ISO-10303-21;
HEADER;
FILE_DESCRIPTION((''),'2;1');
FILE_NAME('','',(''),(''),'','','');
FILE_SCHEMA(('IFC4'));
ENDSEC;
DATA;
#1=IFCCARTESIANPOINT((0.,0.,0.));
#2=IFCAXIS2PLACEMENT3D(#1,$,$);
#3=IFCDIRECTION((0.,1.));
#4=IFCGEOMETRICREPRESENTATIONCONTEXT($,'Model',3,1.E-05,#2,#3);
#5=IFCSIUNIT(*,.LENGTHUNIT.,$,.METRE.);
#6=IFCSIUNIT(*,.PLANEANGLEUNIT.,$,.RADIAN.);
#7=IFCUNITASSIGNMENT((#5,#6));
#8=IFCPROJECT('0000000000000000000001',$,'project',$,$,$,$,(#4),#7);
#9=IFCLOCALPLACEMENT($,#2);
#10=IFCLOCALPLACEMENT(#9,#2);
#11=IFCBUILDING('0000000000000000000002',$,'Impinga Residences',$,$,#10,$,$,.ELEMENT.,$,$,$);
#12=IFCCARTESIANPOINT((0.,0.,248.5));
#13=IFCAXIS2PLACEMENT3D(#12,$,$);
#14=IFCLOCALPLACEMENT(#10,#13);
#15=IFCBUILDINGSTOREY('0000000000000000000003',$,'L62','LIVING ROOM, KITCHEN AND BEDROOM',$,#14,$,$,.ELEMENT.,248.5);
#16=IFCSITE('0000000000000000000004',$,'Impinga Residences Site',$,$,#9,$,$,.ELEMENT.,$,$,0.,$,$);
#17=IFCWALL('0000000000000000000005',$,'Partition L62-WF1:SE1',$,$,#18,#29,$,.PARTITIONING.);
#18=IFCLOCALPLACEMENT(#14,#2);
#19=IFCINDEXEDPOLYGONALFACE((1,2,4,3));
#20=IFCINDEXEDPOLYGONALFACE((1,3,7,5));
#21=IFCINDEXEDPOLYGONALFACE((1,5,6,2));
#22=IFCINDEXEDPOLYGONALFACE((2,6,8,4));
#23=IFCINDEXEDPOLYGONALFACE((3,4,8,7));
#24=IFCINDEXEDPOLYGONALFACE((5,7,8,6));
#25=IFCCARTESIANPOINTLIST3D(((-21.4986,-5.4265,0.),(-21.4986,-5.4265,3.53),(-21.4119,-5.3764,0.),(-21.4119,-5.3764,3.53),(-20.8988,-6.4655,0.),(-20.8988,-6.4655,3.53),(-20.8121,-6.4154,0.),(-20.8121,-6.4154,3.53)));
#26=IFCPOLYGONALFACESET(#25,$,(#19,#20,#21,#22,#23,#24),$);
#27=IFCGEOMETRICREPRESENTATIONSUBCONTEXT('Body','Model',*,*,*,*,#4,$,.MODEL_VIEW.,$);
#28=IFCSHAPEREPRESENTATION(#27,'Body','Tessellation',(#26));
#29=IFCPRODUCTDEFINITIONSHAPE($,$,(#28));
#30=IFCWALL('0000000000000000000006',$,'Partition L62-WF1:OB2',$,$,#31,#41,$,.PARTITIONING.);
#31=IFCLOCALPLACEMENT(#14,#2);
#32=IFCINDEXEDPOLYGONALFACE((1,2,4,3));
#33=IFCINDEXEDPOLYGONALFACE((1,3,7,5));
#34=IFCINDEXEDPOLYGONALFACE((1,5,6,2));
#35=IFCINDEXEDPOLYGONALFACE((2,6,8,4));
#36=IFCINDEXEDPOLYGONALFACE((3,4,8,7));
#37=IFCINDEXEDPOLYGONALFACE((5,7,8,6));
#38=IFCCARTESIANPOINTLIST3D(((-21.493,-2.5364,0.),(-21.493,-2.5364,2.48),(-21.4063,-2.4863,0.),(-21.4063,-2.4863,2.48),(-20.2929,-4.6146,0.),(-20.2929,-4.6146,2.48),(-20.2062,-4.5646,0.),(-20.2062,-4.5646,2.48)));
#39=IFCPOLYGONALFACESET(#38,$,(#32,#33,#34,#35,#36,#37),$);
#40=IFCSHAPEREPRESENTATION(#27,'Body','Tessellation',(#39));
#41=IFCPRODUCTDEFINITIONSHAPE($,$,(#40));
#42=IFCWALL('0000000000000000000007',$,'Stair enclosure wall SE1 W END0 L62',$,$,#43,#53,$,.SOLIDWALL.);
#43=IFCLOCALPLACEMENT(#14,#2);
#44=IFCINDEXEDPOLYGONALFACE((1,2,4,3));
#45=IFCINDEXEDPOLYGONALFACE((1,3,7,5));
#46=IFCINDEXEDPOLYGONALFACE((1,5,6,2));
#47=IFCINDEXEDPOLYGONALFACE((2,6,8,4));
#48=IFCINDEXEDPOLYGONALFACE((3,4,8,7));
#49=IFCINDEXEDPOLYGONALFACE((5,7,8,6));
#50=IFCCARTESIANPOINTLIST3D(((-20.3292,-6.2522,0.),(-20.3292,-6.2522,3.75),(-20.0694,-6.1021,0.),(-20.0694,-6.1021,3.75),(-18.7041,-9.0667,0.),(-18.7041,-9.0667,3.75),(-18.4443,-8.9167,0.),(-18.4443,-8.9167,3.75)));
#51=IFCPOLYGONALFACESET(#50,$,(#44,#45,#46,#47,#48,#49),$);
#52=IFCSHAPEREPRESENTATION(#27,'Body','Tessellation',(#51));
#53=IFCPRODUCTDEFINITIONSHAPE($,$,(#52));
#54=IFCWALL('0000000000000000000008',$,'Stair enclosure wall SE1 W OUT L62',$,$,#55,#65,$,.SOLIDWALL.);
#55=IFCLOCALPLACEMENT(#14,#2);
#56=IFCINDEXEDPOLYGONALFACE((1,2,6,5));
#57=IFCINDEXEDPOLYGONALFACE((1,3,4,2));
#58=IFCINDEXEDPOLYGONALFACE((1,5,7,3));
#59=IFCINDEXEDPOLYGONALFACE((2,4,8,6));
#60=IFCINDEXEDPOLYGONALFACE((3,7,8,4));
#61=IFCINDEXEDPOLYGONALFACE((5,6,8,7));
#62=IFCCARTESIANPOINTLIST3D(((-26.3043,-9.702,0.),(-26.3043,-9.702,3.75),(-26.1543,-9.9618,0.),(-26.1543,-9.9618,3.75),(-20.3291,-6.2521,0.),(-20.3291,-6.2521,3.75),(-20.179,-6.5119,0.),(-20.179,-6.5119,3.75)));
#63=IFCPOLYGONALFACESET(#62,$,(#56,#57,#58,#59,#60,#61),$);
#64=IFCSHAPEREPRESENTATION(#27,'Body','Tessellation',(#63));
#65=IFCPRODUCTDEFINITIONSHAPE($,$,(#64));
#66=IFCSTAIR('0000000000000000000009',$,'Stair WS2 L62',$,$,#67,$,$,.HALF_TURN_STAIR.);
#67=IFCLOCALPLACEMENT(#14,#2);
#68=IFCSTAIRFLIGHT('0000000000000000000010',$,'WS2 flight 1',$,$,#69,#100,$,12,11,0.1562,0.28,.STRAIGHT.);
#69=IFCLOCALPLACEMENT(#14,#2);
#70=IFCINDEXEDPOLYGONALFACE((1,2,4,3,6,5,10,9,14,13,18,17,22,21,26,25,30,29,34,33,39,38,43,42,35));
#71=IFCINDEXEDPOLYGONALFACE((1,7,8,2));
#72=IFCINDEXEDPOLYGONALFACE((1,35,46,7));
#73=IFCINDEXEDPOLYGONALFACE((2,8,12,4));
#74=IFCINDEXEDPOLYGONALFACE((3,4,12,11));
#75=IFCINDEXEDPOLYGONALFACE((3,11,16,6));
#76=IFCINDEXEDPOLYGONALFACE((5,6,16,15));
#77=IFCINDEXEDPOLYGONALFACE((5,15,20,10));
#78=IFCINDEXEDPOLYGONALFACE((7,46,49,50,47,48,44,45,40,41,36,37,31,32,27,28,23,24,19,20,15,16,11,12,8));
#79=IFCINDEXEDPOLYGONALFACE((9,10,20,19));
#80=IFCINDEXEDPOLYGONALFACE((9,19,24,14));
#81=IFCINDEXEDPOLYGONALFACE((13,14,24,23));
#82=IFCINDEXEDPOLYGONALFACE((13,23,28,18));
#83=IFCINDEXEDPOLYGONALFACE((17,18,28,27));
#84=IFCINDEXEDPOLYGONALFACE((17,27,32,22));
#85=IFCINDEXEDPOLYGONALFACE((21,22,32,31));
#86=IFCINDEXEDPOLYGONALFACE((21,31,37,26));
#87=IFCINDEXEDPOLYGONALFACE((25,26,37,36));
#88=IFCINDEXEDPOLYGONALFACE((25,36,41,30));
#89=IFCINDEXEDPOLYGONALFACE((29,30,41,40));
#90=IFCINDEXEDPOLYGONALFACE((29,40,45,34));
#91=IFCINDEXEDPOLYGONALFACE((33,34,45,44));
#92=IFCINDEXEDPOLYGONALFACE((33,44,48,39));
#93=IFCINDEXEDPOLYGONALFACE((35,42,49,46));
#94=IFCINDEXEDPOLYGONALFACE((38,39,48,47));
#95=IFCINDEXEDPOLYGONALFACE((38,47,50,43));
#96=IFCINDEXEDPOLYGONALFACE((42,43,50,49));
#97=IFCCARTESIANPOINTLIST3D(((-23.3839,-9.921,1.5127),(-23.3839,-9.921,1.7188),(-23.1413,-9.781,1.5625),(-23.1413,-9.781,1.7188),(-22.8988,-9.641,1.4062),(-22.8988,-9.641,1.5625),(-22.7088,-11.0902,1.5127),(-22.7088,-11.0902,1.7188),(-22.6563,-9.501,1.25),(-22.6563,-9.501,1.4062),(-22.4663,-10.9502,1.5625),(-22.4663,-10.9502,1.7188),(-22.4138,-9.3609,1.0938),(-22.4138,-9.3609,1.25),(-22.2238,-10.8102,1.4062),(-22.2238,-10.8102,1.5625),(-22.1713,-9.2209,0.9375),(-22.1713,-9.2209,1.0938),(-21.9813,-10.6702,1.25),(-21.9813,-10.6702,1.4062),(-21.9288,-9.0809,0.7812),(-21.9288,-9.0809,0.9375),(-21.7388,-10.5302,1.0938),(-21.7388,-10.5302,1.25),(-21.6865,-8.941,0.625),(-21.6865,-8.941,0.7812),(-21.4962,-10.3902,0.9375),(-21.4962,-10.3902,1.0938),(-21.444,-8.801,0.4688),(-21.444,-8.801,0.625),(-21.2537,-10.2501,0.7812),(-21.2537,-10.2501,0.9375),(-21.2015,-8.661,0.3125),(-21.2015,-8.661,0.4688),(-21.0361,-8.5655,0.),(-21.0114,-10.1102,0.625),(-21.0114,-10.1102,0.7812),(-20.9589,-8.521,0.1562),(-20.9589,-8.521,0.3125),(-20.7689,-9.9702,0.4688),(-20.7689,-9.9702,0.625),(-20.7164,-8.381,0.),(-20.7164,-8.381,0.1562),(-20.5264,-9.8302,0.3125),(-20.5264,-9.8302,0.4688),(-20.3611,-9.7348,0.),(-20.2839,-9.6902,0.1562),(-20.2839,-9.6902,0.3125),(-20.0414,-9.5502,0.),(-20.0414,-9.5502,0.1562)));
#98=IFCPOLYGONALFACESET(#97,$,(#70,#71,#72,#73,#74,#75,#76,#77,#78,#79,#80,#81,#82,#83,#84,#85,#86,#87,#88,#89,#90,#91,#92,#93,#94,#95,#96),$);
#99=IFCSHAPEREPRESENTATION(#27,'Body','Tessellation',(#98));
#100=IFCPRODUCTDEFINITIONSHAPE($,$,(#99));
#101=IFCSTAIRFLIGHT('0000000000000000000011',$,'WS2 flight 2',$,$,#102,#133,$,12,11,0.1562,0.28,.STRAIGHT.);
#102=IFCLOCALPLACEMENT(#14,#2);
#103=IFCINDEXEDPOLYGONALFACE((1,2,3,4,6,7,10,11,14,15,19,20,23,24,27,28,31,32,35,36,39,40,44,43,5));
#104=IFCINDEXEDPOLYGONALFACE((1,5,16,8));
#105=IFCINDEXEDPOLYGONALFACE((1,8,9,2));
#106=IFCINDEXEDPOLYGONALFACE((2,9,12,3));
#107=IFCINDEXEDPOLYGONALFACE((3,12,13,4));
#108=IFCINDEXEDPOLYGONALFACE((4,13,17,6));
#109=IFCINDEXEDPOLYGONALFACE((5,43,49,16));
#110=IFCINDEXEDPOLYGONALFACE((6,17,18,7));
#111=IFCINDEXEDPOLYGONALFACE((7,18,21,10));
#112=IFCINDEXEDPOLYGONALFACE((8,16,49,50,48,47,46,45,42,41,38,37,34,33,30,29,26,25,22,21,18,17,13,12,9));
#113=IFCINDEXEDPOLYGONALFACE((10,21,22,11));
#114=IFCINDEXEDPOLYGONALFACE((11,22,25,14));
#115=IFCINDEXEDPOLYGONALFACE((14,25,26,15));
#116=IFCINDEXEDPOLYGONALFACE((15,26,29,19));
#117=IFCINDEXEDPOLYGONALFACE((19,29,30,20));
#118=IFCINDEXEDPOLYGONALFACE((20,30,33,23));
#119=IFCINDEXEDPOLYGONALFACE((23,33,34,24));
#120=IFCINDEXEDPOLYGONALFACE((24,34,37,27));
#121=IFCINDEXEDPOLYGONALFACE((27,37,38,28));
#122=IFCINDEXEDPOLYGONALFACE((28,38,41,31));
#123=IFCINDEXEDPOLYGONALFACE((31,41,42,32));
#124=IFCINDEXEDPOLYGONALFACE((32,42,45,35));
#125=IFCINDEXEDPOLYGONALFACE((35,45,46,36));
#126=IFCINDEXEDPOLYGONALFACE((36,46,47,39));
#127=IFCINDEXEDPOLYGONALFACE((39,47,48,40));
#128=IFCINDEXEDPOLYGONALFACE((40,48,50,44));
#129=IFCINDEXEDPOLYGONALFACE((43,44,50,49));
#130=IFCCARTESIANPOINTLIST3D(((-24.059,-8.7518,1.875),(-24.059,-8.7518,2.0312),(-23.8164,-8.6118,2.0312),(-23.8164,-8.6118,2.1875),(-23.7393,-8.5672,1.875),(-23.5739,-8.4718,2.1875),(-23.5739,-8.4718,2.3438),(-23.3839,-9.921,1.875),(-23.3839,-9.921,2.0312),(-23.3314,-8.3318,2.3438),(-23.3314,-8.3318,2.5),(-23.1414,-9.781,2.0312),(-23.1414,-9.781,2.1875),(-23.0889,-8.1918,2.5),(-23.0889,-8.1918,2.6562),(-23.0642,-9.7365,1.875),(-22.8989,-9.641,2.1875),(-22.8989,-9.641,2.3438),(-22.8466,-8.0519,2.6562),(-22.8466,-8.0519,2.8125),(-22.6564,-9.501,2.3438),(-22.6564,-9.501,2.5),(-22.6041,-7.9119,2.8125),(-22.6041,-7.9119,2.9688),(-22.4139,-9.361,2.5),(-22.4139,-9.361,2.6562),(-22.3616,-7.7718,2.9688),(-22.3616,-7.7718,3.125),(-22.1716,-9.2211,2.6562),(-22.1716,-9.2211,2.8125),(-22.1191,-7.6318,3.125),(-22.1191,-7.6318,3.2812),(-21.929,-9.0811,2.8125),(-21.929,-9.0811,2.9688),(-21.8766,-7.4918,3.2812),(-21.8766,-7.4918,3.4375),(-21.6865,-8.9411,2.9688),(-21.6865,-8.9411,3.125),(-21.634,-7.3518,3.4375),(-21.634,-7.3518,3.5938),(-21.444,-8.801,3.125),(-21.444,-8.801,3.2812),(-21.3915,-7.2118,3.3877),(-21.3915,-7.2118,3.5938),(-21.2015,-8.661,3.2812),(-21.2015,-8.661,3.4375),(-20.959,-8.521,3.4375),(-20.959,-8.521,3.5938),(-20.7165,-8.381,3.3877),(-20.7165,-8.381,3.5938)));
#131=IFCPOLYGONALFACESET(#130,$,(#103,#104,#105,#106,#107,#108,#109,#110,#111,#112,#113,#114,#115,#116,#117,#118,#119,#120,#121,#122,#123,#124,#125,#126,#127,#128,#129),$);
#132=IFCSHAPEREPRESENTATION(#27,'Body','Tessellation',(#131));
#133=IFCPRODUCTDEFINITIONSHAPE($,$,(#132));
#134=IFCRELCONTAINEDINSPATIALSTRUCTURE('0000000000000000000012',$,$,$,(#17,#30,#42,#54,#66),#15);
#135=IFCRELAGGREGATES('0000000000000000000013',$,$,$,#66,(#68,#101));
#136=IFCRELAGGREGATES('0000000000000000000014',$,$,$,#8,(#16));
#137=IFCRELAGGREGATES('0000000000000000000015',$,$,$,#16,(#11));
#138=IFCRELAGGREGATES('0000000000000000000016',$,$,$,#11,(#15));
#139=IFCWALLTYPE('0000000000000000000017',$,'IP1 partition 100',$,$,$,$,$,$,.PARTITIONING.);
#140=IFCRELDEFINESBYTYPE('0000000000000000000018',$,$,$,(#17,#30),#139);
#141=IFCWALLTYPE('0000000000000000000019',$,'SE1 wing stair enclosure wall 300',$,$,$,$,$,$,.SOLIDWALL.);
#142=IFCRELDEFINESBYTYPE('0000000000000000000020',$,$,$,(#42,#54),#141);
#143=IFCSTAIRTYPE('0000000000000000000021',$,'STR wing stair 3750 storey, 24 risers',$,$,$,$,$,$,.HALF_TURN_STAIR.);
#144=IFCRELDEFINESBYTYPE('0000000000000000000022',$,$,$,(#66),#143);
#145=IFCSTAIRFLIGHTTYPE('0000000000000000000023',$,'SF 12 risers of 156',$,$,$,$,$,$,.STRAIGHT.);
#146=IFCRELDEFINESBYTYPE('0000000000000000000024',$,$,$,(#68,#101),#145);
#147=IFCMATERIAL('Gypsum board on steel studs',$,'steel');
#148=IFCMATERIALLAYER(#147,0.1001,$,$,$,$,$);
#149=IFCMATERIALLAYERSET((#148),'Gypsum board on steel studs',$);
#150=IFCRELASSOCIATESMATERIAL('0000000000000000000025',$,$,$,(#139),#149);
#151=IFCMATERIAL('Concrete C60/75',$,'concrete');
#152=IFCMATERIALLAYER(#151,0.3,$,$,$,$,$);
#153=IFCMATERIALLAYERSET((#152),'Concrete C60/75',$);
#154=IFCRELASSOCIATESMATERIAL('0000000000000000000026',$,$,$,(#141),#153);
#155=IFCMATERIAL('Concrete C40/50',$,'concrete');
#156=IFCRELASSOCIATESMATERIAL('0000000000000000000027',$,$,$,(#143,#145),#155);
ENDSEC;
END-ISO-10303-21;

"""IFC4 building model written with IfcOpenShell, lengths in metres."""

from ifc_helpers import new_model, si_unit, direction, frame, frame_2d, origin, place, context, subcontext, project, spatial, polyline, rectangle, outline, extrude, material, layer, layer_set, type_object, element, aggregate, save


model = new_model("IFC4")

# Units and contexts
model_context = context("Model", 3, precision=1e-05, world=origin(), true_north=direction((0.0, 1.0)))
body_context = subcontext(model_context, "Body", "Model", "MODEL_VIEW")
ifc_project = project(units=[si_unit("LENGTHUNIT", "METRE"), si_unit("PLANEANGLEUNIT", "RADIAN")], contexts=[model_context])

# Site, building, storey
site_placement = place(None, origin())
site = spatial("IfcSite", under=ifc_project, at=site_placement, Name="Impinga Residences Site", CompositionType="ELEMENT", RefElevation=0.0)
building_placement = place(site_placement, origin())
building = spatial("IfcBuilding", under=site, at=building_placement, Name="Impinga Residences", CompositionType="ELEMENT")
storey_placement = place(building_placement, frame((0.0, 0.0, 248.5)))
storey = spatial("IfcBuildingStorey", under=building, at=storey_placement, Name="L62", Description="LIVING ROOM, KITCHEN AND BEDROOM", CompositionType="ELEMENT", Elevation=248.5)

# Shared definitions
ifc_material_1 = material(Name="Concrete C60/75", Category="concrete")

# Walls
ifc_material_2 = material(Name="Gypsum board on steel studs", Category="steel")
ifc_layer_1 = layer(ifc_material_2, 0.1001)
ifc_layer_set_1 = layer_set([ifc_layer_1], Name="Gypsum board on steel studs")
wall_type_1 = type_object("IfcWallType", Name="IP1 partition 100", PredefinedType="PARTITIONING", material=ifc_layer_set_1)
wall_1_placement = place(storey_placement, frame((-20.8555, -6.4404, 0.0), z_axis=(0.0, 0.0, 1.0), x_axis=(-0.499969, 0.866043, 0.0)))
element("IfcWall", 1, at=wall_1_placement, inside=storey, type_object=wall_type_1, Name="Partition L62-WF1:SE1", PredefinedType="PARTITIONING", context=body_context, shape_type="SweptSolid", body=[
    extrude(rectangle(XDim=1.1997, YDim=0.1001, at=frame_2d((0.5999, 0.0))), origin(), (0.0, 0.0, 1.0), 3.53),
])
wall_2_placement = place(storey_placement, frame((-20.2495, -4.5896, 0.0), z_axis=(0.0, 0.0, 1.0), x_axis=(-0.500078, 0.865981, 0.0)))
element("IfcWall", 2, at=wall_2_placement, inside=storey, type_object=wall_type_1, Name="Partition L62-WF1:OB2", PredefinedType="PARTITIONING", context=body_context, shape_type="SweptSolid", body=[
    extrude(rectangle(XDim=2.3999, YDim=0.1001, at=frame_2d((1.2, 0.0))), origin(), (0.0, 0.0, 1.0), 2.48),
])
ifc_layer_2 = layer(ifc_material_1, 0.3)
ifc_layer_set_2 = layer_set([ifc_layer_2], Name="Concrete C60/75")
wall_type_2 = type_object("IfcWallType", Name="SE1 wing stair enclosure wall 300", PredefinedType="SOLIDWALL", material=ifc_layer_set_2)
wall_3_placement = place(storey_placement, frame((-18.5742, -8.9917, 0.0), z_axis=(0.0, 0.0, 1.0), x_axis=(-0.500017, 0.866015, 0.0)))
element("IfcWall", 3, at=wall_3_placement, inside=storey, type_object=wall_type_2, Name="Stair enclosure wall SE1 W END0 L62", PredefinedType="SOLIDWALL", context=body_context, shape_type="SweptSolid", body=[
    extrude(rectangle(XDim=3.25, YDim=0.3, at=frame_2d((1.625, 0.0))), origin(), (0.0, 0.0, 1.0), 3.75),
])
wall_4_placement = place(storey_placement, frame((-20.2542, -6.3821, 0.0), z_axis=(0.0, 0.0, 1.0), x_axis=(-0.86602, -0.500009, 0.0)))
element("IfcWall", 4, at=wall_4_placement, inside=storey, type_object=wall_type_2, Name="Stair enclosure wall SE1 W OUT L62", PredefinedType="SOLIDWALL", context=body_context, shape_type="SweptSolid", body=[
    extrude(rectangle(XDim=6.8997, YDim=0.3, at=frame_2d((3.4497, 0.0))), origin(), (0.0, 0.0, 1.0), 3.75),
])

# Stair, stair flights
ifc_material_3 = material(Name="Concrete C40/50", Category="concrete")
stair_type = type_object("IfcStairType", Name="STR wing stair 3750 storey, 24 risers", PredefinedType="HALF_TURN_STAIR", material=ifc_material_3)
stair_placement = place(storey_placement, origin())
stair = element("IfcStair", 5, at=stair_placement, inside=storey, type_object=stair_type, Name="Stair WS2 L62", PredefinedType="HALF_TURN_STAIR")
stair_flight_type = type_object("IfcStairFlightType", Name="SF 12 risers of 156", PredefinedType="STRAIGHT", material=ifc_material_3)
stair_flight_1_placement = place(storey_placement, frame((-20.3789, -8.9656, 0.0), z_axis=(0.0, 0.0, 1.0), x_axis=(-0.866025, -0.5, 0.0)))
stair_flight_1 = element("IfcStairFlight", 6, at=stair_flight_1_placement, type_object=stair_flight_type, Name="WS2 flight 1", NumberOfRisers=12, NumberOfTreads=11, PredefinedType="STRAIGHT", RiserHeight=0.1562, TreadLength=0.28, context=body_context, shape_type="SweptSolid", body=[
    extrude(outline(polyline([(0.0, 0.0), (0.0, 0.1562), (0.28, 0.1562), (0.28, 0.3125), (0.5601, 0.3125), (0.5601, 0.4688), (0.8401, 0.4688), (0.8401, 0.625), (1.1201, 0.625), (1.1201, 0.7812), (1.3999, 0.7812), (1.3999, 0.9375), (1.6799, 0.9375), (1.6799, 1.0938), (1.96, 1.0938), (1.96, 1.25), (2.24, 1.25), (2.24, 1.4062), (2.52, 1.4062), (2.52, 1.5625), (2.8, 1.5625), (2.8, 1.7188), (3.0801, 1.7188), (3.0801, 1.875), (3.0801, 1.5127), (0.3691, 0.0), (0.0, 0.0)])), frame((0.0, 0.675, 0.0), z_axis=(0.0, -1.0, 0.0), x_axis=(1.0, 0.0, 0.0)), (0.0, 0.0, 1.0), 1.3501),
])
stair_flight_2_placement = place(storey_placement, frame((-23.7214, -9.3364, 1.875), z_axis=(0.0, 0.0, 1.0), x_axis=(0.866025, 0.5, 0.0)))
stair_flight_2 = element("IfcStairFlight", 7, at=stair_flight_2_placement, type_object=stair_flight_type, Name="WS2 flight 2", NumberOfRisers=12, NumberOfTreads=11, PredefinedType="STRAIGHT", RiserHeight=0.1562, TreadLength=0.28, context=body_context, shape_type="SweptSolid", body=[
    extrude(outline(polyline([(0.0, 0.0), (0.0, 0.1562), (0.28, 0.1562), (0.28, 0.3125), (0.5601, 0.3125), (0.5601, 0.4688), (0.8401, 0.4688), (0.8401, 0.625), (1.1201, 0.625), (1.1201, 0.7812), (1.3999, 0.7812), (1.3999, 0.9375), (1.6799, 0.9375), (1.6799, 1.0938), (1.96, 1.0938), (1.96, 1.25), (2.24, 1.25), (2.24, 1.4062), (2.52, 1.4062), (2.52, 1.5625), (2.8, 1.5625), (2.8, 1.7188), (3.0801, 1.7188), (3.0801, 1.875), (3.0801, 1.5127), (0.3691, 0.0), (0.0, 0.0)])), frame((0.0, 0.675, 0.0), z_axis=(0.0, -1.0, 0.0), x_axis=(1.0, 0.0, 0.0)), (0.0, 0.0, 1.0), 1.3501),
])
aggregate(stair, [stair_flight_1, stair_flight_2])

save(model, "model.ifc")
